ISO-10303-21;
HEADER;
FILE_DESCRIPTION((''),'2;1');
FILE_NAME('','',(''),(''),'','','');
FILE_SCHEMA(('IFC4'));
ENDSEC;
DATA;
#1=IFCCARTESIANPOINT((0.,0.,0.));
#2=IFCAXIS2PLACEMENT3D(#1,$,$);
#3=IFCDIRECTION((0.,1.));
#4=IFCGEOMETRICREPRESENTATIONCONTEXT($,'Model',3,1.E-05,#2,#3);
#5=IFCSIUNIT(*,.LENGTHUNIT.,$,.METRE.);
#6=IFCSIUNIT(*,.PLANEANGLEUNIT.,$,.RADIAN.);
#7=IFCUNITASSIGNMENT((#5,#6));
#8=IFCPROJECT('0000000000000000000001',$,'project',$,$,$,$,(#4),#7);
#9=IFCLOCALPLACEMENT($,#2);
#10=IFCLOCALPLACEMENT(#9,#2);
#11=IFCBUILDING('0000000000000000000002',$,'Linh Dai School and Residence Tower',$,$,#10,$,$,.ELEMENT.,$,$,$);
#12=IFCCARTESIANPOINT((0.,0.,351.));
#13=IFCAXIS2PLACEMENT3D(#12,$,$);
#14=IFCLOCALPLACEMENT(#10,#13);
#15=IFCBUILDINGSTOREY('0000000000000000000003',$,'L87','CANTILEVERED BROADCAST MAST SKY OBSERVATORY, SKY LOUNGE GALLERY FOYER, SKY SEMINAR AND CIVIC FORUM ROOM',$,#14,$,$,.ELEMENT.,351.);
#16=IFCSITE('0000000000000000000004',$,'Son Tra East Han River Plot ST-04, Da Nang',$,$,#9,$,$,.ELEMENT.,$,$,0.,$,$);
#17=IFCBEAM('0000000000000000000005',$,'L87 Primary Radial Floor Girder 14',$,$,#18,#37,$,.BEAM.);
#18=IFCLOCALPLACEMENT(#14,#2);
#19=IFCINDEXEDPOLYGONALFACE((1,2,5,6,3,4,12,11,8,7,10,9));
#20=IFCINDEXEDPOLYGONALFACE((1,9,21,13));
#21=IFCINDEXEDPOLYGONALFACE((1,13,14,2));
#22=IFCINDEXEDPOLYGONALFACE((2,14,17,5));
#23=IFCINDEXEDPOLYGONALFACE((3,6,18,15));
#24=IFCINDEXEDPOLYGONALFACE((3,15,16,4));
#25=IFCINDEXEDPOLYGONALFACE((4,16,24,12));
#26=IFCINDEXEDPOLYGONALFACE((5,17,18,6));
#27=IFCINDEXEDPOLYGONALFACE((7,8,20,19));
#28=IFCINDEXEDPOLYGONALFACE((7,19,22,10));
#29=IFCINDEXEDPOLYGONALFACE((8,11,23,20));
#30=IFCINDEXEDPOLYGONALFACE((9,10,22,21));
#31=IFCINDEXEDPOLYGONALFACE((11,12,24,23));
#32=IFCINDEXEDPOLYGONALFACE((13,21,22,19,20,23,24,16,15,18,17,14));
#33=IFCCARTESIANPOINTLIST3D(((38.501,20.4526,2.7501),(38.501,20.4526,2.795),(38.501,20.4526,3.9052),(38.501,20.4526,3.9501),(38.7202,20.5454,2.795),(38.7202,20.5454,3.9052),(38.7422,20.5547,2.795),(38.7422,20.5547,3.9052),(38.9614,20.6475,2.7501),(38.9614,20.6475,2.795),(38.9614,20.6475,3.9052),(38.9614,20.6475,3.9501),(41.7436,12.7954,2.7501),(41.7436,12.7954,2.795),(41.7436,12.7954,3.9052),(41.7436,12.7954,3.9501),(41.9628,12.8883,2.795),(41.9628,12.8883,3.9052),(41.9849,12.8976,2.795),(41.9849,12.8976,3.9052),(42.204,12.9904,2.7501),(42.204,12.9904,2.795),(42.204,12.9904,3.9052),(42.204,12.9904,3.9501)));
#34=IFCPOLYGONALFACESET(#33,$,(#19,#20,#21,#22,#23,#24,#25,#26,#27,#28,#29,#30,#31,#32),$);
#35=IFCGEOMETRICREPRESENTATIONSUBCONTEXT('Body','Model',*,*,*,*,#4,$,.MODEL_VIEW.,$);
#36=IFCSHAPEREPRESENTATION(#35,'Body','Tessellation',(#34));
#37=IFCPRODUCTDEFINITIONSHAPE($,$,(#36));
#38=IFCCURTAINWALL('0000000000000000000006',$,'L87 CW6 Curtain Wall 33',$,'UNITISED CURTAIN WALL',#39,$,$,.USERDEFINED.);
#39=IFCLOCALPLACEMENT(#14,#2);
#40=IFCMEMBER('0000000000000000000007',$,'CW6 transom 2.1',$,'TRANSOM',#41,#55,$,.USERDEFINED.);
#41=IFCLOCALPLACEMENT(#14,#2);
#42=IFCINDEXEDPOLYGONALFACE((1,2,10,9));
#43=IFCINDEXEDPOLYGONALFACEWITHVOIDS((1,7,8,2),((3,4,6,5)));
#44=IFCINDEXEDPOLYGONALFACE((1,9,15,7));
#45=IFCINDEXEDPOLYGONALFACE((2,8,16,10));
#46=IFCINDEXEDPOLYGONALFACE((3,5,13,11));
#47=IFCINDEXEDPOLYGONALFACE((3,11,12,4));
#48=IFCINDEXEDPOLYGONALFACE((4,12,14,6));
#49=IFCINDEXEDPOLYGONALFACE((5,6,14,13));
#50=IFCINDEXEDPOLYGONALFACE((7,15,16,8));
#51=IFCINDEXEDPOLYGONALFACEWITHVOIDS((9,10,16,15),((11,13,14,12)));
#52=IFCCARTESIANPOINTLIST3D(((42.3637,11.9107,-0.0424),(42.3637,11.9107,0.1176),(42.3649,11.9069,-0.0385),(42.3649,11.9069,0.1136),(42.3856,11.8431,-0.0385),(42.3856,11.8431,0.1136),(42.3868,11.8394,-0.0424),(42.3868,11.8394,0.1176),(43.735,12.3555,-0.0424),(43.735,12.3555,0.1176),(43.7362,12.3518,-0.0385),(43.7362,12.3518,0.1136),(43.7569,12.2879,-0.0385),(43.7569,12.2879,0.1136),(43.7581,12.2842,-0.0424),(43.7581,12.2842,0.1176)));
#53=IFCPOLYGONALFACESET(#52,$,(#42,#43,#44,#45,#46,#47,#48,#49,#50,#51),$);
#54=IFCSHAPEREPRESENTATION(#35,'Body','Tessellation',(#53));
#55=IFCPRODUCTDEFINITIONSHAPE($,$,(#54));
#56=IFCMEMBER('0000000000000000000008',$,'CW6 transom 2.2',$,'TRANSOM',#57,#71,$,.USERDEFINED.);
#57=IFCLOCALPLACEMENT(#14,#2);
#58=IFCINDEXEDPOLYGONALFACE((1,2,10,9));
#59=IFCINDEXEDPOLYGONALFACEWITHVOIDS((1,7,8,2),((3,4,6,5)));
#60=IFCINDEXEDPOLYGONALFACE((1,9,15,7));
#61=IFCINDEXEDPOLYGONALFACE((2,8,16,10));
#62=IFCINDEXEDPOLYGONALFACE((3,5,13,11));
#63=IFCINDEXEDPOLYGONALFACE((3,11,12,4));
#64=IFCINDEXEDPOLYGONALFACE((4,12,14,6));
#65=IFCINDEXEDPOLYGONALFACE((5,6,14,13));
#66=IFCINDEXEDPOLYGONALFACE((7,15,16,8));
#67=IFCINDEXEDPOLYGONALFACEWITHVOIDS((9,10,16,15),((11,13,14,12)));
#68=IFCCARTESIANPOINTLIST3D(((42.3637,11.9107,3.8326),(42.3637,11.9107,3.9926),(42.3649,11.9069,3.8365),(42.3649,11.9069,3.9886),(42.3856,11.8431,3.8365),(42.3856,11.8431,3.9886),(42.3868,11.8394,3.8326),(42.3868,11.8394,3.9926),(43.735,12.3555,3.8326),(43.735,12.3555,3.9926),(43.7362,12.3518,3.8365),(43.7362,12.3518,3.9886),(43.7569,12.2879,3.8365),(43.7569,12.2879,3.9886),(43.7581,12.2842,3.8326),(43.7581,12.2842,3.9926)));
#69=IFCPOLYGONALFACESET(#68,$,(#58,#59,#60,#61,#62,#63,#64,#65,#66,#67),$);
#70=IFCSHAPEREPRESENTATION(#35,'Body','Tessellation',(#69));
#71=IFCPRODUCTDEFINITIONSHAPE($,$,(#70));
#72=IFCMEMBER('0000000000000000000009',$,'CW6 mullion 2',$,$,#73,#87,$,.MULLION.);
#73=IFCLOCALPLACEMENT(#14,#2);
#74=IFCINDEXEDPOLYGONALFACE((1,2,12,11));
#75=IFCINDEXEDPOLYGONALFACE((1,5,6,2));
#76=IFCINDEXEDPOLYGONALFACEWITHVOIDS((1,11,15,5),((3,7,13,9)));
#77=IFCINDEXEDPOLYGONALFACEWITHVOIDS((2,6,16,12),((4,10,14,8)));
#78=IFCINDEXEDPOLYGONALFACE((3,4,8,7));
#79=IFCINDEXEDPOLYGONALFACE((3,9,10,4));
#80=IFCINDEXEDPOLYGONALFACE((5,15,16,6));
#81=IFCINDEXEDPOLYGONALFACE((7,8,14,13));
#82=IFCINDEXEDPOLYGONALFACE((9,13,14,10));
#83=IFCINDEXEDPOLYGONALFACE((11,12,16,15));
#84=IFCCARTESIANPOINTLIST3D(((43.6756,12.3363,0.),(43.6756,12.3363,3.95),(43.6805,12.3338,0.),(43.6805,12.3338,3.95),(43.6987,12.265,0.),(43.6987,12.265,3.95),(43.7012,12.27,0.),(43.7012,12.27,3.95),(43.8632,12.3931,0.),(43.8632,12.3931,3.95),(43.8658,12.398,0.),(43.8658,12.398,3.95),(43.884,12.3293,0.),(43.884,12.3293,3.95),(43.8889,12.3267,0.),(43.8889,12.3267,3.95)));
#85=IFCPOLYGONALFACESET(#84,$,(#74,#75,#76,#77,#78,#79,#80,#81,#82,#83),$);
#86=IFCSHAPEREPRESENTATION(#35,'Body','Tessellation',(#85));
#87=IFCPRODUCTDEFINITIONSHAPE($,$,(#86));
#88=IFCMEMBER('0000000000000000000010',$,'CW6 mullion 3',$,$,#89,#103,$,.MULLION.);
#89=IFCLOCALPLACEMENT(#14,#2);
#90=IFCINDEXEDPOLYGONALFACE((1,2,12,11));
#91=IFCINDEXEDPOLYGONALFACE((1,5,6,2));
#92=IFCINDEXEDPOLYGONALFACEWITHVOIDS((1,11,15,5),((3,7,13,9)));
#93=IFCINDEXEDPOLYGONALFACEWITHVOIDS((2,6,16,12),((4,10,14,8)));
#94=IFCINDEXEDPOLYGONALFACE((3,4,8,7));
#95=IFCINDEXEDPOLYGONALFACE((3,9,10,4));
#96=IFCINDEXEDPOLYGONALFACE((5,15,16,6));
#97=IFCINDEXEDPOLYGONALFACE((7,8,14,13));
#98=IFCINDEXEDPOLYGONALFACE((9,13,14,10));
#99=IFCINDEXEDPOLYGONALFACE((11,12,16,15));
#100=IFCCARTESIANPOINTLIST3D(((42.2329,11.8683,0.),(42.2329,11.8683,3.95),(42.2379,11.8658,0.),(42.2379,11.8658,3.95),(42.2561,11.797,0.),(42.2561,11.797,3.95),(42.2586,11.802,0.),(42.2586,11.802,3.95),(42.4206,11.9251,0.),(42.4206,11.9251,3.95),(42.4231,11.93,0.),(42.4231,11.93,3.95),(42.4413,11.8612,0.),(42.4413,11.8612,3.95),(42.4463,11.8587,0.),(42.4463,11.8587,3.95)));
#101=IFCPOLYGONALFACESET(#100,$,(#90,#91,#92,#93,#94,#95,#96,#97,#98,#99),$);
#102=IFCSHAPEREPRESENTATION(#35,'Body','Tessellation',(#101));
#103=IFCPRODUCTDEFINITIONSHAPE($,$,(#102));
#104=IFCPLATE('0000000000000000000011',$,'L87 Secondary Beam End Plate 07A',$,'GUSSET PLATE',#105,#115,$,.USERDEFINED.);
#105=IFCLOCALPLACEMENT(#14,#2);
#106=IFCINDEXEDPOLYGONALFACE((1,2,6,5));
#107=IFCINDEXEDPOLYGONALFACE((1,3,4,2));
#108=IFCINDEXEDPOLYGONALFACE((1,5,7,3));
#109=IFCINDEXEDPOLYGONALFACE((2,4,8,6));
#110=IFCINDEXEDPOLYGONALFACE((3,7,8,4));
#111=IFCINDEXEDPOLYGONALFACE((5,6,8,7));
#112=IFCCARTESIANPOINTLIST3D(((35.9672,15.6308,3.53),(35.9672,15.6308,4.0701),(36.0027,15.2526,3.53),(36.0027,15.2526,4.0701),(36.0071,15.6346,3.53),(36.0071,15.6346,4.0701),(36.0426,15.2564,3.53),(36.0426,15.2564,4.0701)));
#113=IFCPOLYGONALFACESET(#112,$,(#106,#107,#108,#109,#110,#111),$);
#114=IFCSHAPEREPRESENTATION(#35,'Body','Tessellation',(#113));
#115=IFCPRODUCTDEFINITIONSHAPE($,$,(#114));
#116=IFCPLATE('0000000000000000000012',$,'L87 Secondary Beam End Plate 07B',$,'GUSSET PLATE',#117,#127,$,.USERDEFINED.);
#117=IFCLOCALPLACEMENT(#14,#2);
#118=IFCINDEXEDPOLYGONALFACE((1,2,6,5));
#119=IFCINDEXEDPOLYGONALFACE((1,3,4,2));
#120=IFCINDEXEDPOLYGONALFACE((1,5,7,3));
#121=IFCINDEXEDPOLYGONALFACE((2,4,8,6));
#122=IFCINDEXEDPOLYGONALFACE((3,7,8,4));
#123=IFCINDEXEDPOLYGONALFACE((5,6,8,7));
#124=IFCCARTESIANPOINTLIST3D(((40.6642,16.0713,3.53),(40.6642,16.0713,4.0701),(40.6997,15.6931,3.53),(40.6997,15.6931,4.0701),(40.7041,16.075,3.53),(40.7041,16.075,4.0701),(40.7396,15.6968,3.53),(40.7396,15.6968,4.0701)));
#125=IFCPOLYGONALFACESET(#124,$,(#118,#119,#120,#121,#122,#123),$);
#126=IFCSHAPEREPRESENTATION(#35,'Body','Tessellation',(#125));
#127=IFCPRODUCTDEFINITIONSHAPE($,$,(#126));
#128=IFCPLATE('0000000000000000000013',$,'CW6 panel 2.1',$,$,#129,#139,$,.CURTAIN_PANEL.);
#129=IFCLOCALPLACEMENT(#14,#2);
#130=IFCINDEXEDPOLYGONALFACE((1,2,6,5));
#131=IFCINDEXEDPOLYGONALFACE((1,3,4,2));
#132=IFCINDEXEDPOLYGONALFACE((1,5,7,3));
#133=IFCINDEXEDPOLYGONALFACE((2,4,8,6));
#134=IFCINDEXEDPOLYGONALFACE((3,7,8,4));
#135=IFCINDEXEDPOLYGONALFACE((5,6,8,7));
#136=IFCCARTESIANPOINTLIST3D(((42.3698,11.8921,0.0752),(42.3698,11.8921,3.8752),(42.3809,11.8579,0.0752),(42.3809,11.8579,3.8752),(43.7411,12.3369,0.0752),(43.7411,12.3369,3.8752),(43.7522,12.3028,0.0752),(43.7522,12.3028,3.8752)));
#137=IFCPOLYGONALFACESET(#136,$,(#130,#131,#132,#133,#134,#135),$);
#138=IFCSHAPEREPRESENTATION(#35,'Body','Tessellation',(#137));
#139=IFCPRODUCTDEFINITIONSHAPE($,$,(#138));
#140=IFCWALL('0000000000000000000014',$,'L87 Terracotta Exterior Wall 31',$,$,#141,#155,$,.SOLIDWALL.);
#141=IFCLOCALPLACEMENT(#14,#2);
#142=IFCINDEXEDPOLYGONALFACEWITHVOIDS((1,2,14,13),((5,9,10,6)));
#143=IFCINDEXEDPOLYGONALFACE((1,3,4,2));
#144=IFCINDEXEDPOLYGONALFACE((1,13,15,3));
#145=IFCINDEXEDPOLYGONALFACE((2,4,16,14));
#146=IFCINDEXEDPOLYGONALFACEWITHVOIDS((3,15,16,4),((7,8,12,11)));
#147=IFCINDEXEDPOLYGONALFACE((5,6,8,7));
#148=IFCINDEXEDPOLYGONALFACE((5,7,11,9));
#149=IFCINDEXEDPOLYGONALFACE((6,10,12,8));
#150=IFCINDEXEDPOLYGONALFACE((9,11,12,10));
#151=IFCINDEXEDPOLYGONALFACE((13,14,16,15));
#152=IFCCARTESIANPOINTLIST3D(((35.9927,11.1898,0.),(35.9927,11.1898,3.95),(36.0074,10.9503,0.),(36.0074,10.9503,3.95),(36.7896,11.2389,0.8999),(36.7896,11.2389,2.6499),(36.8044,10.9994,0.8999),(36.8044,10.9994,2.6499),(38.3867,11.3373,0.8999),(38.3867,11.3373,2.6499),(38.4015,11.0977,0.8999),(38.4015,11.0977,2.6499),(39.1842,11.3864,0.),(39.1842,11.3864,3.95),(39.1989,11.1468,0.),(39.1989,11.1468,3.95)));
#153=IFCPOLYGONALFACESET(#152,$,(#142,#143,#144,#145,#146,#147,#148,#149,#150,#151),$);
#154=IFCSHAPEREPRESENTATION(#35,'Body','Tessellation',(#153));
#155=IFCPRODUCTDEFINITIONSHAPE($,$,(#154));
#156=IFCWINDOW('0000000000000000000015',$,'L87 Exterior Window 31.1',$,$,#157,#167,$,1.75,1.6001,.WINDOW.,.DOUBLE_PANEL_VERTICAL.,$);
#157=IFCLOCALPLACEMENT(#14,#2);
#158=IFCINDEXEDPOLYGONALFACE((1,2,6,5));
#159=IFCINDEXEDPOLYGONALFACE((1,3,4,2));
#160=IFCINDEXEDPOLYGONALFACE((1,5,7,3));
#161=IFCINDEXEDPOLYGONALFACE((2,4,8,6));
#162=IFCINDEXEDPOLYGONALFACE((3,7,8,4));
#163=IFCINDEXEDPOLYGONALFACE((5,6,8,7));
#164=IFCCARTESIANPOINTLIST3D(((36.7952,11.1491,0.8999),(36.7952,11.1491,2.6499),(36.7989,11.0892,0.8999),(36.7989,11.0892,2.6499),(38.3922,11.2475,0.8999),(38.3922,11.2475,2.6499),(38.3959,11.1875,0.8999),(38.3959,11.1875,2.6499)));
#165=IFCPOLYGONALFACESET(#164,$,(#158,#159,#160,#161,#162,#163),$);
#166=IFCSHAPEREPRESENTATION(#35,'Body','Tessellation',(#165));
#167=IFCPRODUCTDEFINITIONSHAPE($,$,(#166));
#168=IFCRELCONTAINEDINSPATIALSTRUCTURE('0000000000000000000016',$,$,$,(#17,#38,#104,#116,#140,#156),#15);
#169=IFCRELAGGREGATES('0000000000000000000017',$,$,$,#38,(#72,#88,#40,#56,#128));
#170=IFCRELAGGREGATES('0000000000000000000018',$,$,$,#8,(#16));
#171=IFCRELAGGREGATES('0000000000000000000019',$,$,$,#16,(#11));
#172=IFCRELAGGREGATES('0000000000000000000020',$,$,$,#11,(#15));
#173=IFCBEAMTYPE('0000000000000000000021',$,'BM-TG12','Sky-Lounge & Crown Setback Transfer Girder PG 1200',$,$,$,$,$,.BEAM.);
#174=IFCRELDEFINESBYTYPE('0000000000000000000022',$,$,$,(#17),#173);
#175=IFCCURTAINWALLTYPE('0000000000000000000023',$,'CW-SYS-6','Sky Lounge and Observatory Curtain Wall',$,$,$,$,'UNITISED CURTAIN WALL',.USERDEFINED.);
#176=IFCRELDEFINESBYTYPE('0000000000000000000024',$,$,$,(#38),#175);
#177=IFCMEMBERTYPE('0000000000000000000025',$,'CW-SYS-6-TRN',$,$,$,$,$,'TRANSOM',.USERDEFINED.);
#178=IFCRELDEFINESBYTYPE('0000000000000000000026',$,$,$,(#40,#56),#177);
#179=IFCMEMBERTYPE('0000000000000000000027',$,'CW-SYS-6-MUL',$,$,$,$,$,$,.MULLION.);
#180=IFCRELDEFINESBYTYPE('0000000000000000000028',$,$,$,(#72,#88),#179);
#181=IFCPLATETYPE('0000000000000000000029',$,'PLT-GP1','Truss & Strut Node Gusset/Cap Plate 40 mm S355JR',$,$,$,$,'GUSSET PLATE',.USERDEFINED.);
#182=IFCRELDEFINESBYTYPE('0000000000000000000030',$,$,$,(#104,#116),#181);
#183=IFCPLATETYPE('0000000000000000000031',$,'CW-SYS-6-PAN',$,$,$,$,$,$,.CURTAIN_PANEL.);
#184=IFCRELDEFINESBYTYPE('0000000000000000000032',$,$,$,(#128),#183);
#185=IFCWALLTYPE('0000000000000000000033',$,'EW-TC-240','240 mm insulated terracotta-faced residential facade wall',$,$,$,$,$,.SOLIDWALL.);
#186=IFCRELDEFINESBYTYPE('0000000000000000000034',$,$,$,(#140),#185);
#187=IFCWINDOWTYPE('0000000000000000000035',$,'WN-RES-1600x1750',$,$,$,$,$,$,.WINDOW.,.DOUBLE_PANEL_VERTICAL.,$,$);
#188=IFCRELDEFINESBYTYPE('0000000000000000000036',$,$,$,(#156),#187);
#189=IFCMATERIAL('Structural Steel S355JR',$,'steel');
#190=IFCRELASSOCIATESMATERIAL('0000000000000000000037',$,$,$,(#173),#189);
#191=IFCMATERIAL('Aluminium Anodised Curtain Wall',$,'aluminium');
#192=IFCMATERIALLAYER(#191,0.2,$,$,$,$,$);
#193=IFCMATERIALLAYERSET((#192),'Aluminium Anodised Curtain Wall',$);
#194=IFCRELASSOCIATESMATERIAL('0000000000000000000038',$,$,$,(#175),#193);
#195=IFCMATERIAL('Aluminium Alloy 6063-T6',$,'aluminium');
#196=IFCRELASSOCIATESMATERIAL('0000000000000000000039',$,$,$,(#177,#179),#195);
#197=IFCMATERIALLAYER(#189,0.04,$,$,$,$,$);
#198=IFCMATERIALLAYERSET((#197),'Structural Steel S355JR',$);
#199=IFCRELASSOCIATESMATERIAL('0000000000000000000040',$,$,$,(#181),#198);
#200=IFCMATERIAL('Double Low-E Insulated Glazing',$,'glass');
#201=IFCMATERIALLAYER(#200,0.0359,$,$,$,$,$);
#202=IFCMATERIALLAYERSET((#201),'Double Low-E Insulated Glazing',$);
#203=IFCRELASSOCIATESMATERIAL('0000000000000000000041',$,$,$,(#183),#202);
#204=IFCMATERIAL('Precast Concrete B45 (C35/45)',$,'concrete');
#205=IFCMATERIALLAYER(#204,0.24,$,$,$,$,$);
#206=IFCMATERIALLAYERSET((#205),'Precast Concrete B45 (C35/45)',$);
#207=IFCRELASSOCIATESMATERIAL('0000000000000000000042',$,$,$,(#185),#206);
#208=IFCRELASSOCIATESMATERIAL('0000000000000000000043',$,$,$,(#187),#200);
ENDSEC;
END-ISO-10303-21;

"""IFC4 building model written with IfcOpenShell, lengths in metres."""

from ifc_helpers import new_model, si_unit, direction, frame, frame_2d, origin, origin_2d, place, context, subcontext, project, spatial, rectangle, hollow_rectangle, i_section, extrude, source, transform, mapped, material, layer, layer_set, material_profile, profile_set, type_object, element, fill, aggregate, save


model = new_model("IFC4")

# Units and contexts
model_context = context("Model", 3, precision=1e-05, world=origin(), true_north=direction((0.0, 1.0)))
body_context = subcontext(model_context, "Body", "Model", "MODEL_VIEW")
ifc_project = project(units=[si_unit("LENGTHUNIT", "METRE"), si_unit("PLANEANGLEUNIT", "RADIAN")], contexts=[model_context])

# Site, building, storey
site_placement = place(None, origin())
site = spatial("IfcSite", under=ifc_project, at=site_placement, Name="Son Tra East Han River Plot ST-04, Da Nang", CompositionType="ELEMENT", RefElevation=0.0)
building_placement = place(site_placement, origin())
building = spatial("IfcBuilding", under=site, at=building_placement, Name="Linh Dai School and Residence Tower", CompositionType="ELEMENT")
storey_placement = place(building_placement, frame((0.0, 0.0, 351.0)))
storey = spatial("IfcBuildingStorey", under=building, at=storey_placement, Name="L87", Description="CANTILEVERED BROADCAST MAST SKY OBSERVATORY, SKY LOUNGE GALLERY FOYER, SKY SEMINAR AND CIVIC FORUM ROOM", CompositionType="ELEMENT", Elevation=351.0)

# Shared definitions
ifc_material_1 = material(Name="Structural Steel S355JR", Category="steel")

# Beam
ifc_material_profile_1 = material_profile(ifc_material_1, i_section(OverallWidth=0.5, OverallDepth=1.2, WebThickness=0.0239, FlangeThickness=0.0449, at=origin_2d()), Name="PG 1200x500x24x45")
ifc_profile_set_1 = profile_set([ifc_material_profile_1], Name="Structural Steel S355JR")
beam_type_1 = type_object("IfcBeamType", Name="BM-TG12", Description="Sky-Lounge & Crown Setback Transfer Girder PG 1200", PredefinedType="BEAM", material=ifc_profile_set_1)
beam_1_placement = place(storey_placement, frame((38.7312, 20.55, 3.3501), z_axis=(0.389954, -0.920834, 0.0), x_axis=(0.920834, 0.389954, 0.0)))
element("IfcBeam", 1, at=beam_1_placement, inside=storey, type_object=beam_type_1, Name="L87 Primary Radial Floor Girder 14", PredefinedType="BEAM", context=body_context, shape_type="SweptSolid", body=[
    extrude(i_section(OverallWidth=0.5, OverallDepth=1.2, WebThickness=0.0239, FlangeThickness=0.0449, at=origin_2d()), origin(), (0.0, 0.0, 1.0), 8.3154),
])

# Curtain wall, members
ifc_material_2 = material(Name="Aluminium Anodised Curtain Wall", Category="aluminium")
ifc_layer_1 = layer(ifc_material_2, 0.2)
ifc_layer_set_1 = layer_set([ifc_layer_1], Name="Aluminium Anodised Curtain Wall")
curtain_wall_type = type_object("IfcCurtainWallType", Name="CW-SYS-6", Description="Sky Lounge and Observatory Curtain Wall", ElementType="UNITISED CURTAIN WALL", PredefinedType="USERDEFINED", material=ifc_layer_set_1)
curtain_wall_placement = place(storey_placement, origin())
curtain_wall = element("IfcCurtainWall", 2, at=curtain_wall_placement, inside=storey, type_object=curtain_wall_type, Name="L87 CW6 Curtain Wall 33", ObjectType="UNITISED CURTAIN WALL", PredefinedType="USERDEFINED")
ifc_material_3 = material(Name="Aluminium Alloy 6063-T6", Category="aluminium")
ifc_material_profile_2 = material_profile(ifc_material_3, hollow_rectangle(XDim=0.075, YDim=0.1599, WallThickness=0.0039, at=origin_2d()), Name="RHS 160x75x4")
ifc_profile_set_2 = profile_set([ifc_material_profile_2], Name="Aluminium Alloy 6063-T6")
member_type_1 = type_object("IfcMemberType", Name="CW-SYS-6-TRN", ElementType="TRANSOM", PredefinedType="USERDEFINED", material=ifc_profile_set_2)
shared_shape_1 = source(origin(), body_context, "Body", "SweptSolid", [
    extrude(hollow_rectangle(XDim=0.075, YDim=0.1599, WallThickness=0.0039, at=origin_2d()), origin(), (0.0, 0.0, 1.0), 1.4417),
])
member_1_placement = place(storey_placement, frame((43.7466, 12.3198, 0.0376), z_axis=(-0.951209, -0.308546, 0.0), x_axis=(0.308546, -0.951209, 0.0)))
member_1 = element("IfcMember", 3, at=member_1_placement, type_object=member_type_1, Name="CW6 transom 2.1", ObjectType="TRANSOM", PredefinedType="USERDEFINED", context=body_context, shape_type="MappedRepresentation", body=[
    mapped(shared_shape_1, transform((0.0, 0.0, 0.0), x_axis=(1.0, 0.0, 0.0), y_axis=(0.0, 1.0, 0.0), z_axis=(0.0, 0.0, 1.0), scale=1.0)),
])
member_2_placement = place(storey_placement, frame((43.7466, 12.3198, 3.9126), z_axis=(-0.951209, -0.308546, 0.0), x_axis=(0.308546, -0.951209, 0.0)))
member_2 = element("IfcMember", 4, at=member_2_placement, type_object=member_type_1, Name="CW6 transom 2.2", ObjectType="TRANSOM", PredefinedType="USERDEFINED", context=body_context, shape_type="MappedRepresentation", body=[
    mapped(shared_shape_1, transform((0.0, 0.0, 0.0), x_axis=(1.0, 0.0, 0.0), y_axis=(0.0, 1.0, 0.0), z_axis=(0.0, 0.0, 1.0), scale=1.0)),
])
ifc_material_profile_3 = material_profile(ifc_material_3, hollow_rectangle(XDim=0.075, YDim=0.2, WallThickness=0.0039, at=origin_2d()), Name="RHS 200x75x4")
ifc_profile_set_3 = profile_set([ifc_material_profile_3], Name="Aluminium Alloy 6063-T6")
member_type_2 = type_object("IfcMemberType", Name="CW-SYS-6-MUL", PredefinedType="MULLION", material=ifc_profile_set_3)
shared_shape_2 = source(origin(), body_context, "Body", "SweptSolid", [
    extrude(hollow_rectangle(XDim=0.075, YDim=0.2, WallThickness=0.0039, at=origin_2d()), origin(), (0.0, 0.0, 1.0), 3.95),
])
member_3_placement = place(storey_placement, frame((43.7822, 12.3315, 0.0), z_axis=(0.0, 0.0, 1.0), x_axis=(0.308565, -0.951203, 0.0)))
member_3 = element("IfcMember", 5, at=member_3_placement, type_object=member_type_2, Name="CW6 mullion 2", PredefinedType="MULLION", context=body_context, shape_type="MappedRepresentation", body=[
    mapped(shared_shape_2, transform((0.0, 0.0, 0.0), x_axis=(1.0, 0.0, 0.0), y_axis=(0.0, 1.0, 0.0), z_axis=(0.0, 0.0, 1.0), scale=1.0)),
])
member_4_placement = place(storey_placement, frame((42.3396, 11.8635, 0.0), z_axis=(0.0, 0.0, 1.0), x_axis=(0.308565, -0.951203, 0.0)))
member_4 = element("IfcMember", 6, at=member_4_placement, type_object=member_type_2, Name="CW6 mullion 3", PredefinedType="MULLION", context=body_context, shape_type="MappedRepresentation", body=[
    mapped(shared_shape_2, transform((0.0, 0.0, 0.0), x_axis=(1.0, 0.0, 0.0), y_axis=(0.0, 1.0, 0.0), z_axis=(0.0, 0.0, 1.0), scale=1.0)),
])

# Plates
ifc_layer_2 = layer(ifc_material_1, 0.04)
ifc_layer_set_2 = layer_set([ifc_layer_2], Name="Structural Steel S355JR")
plate_type_1 = type_object("IfcPlateType", Name="PLT-GP1", Description="Truss & Strut Node Gusset/Cap Plate 40 mm S355JR", ElementType="GUSSET PLATE", PredefinedType="USERDEFINED", material=ifc_layer_set_2)
shared_shape_3 = source(origin(), body_context, "Body", "SweptSolid", [
    extrude(rectangle(XDim=0.04, YDim=0.3799, at=origin_2d()), origin(), (0.0, 0.0, 1.0), 0.54),
])
for number, where, z_axis, x_axis, name in (
    (7, (36.0049, 15.4436, 3.53), (0.0, 0.0, 1.0), (0.995631, 0.093373, 0.0), "L87 Secondary Beam End Plate 07A"),
    (8, (40.7019, 15.884, 3.53), (0.0, 0.0, 1.0), (0.995631, 0.093373, 0.0), "L87 Secondary Beam End Plate 07B"),
):
    element("IfcPlate", number, at=place(storey_placement, frame(where, z_axis=z_axis, x_axis=x_axis)), inside=storey, type_object=plate_type_1, Name=name, ObjectType="GUSSET PLATE", PredefinedType="USERDEFINED", context=body_context, shape_type="MappedRepresentation", body=[
        mapped(shared_shape_3, transform((0.0, 0.0, 0.0), x_axis=(1.0, 0.0, 0.0), y_axis=(0.0, 1.0, 0.0), z_axis=(0.0, 0.0, 1.0), scale=1.0)),
    ])

# Plate
ifc_material_4 = material(Name="Double Low-E Insulated Glazing", Category="glass")
ifc_layer_3 = layer(ifc_material_4, 0.0359)
ifc_layer_set_3 = layer_set([ifc_layer_3], Name="Double Low-E Insulated Glazing")
plate_type_2 = type_object("IfcPlateType", Name="CW-SYS-6-PAN", PredefinedType="CURTAIN_PANEL", material=ifc_layer_set_3)
shared_shape_4 = source(origin(), body_context, "Body", "SweptSolid", [
    extrude(rectangle(XDim=1.4417, YDim=0.0359, at=origin_2d()), origin(), (0.0, 0.0, 1.0), 3.8),
])
plate_placement = place(storey_placement, frame((43.061, 12.0974, 0.0752), z_axis=(0.0, 0.0, 1.0), x_axis=(-0.951203, -0.308565, 0.0)))
plate = element("IfcPlate", 9, at=plate_placement, type_object=plate_type_2, Name="CW6 panel 2.1", PredefinedType="CURTAIN_PANEL", context=body_context, shape_type="MappedRepresentation", body=[
    mapped(shared_shape_4, transform((0.0, 0.0, 0.0), x_axis=(1.0, 0.0, 0.0), y_axis=(0.0, 1.0, 0.0), z_axis=(0.0, 0.0, 1.0), scale=1.0)),
])
aggregate(curtain_wall, [member_3, member_4, member_1, member_2, plate])

# Wall, opening, window
ifc_material_5 = material(Name="Precast Concrete B45 (C35/45)", Category="concrete")
ifc_layer_4 = layer(ifc_material_5, 0.24)
ifc_layer_set_4 = layer_set([ifc_layer_4], Name="Precast Concrete B45 (C35/45)")
wall_type_1 = type_object("IfcWallType", Name="EW-TC-240", Description="240 mm insulated terracotta-faced residential facade wall", PredefinedType="SOLIDWALL", material=ifc_layer_set_4)
wall_1_placement = place(storey_placement, frame((39.1914, 11.2666, 0.0), z_axis=(0.0, 0.0, 1.0), x_axis=(-0.998109, -0.061466, 0.0)))
wall_1 = element("IfcWall", 10, at=wall_1_placement, inside=storey, type_object=wall_type_1, Name="L87 Terracotta Exterior Wall 31", PredefinedType="SOLIDWALL", context=body_context, shape_type="SweptSolid", body=[
    extrude(rectangle(XDim=3.1975, YDim=0.24, at=frame_2d((1.5986, 0.0))), origin(), (0.0, 0.0, 1.0), 3.95),
])
opening_1_placement = place(wall_1_placement, frame((0.7988, 0.0, 0.8999)))
opening_1 = element("IfcOpeningElement", 11, at=opening_1_placement, cuts=wall_1, PredefinedType="OPENING", context=body_context, shape_type="SweptSolid", body=[
    extrude(rectangle(XDim=1.6001, YDim=1.75, at=origin_2d()), frame((0.8, 0.1299, 0.875), z_axis=(0.0, -1.0, 0.0), x_axis=(1.0, 0.0, 0.0)), (0.0, 0.0, 1.0), 0.26),
])
window_type = type_object("IfcWindowType", Name="WN-RES-1600x1750", PartitioningType="DOUBLE_PANEL_VERTICAL", PredefinedType="WINDOW", material=ifc_material_4)
shared_shape_5 = source(origin(), body_context, "Body", "SweptSolid", [
    extrude(rectangle(XDim=1.6001, YDim=1.75, at=origin_2d()), frame((0.8, 0.03, 0.875), z_axis=(0.0, -1.0, 0.0), x_axis=(1.0, 0.0, 0.0)), (0.0, 0.0, 1.0), 0.0601),
])
window_placement = place(opening_1_placement, origin())
window = element("IfcWindow", 12, at=window_placement, inside=storey, type_object=window_type, Name="L87 Exterior Window 31.1", OverallHeight=1.75, OverallWidth=1.6001, PartitioningType="DOUBLE_PANEL_VERTICAL", PredefinedType="WINDOW", context=body_context, shape_type="MappedRepresentation", body=[
    mapped(shared_shape_5, transform((0.0, 0.0, 0.0), x_axis=(1.0, 0.0, 0.0), y_axis=(0.0, 1.0, 0.0), z_axis=(0.0, 0.0, 1.0), scale=1.0)),
])
fill(opening_1, window)

save(model, "model.ifc")
